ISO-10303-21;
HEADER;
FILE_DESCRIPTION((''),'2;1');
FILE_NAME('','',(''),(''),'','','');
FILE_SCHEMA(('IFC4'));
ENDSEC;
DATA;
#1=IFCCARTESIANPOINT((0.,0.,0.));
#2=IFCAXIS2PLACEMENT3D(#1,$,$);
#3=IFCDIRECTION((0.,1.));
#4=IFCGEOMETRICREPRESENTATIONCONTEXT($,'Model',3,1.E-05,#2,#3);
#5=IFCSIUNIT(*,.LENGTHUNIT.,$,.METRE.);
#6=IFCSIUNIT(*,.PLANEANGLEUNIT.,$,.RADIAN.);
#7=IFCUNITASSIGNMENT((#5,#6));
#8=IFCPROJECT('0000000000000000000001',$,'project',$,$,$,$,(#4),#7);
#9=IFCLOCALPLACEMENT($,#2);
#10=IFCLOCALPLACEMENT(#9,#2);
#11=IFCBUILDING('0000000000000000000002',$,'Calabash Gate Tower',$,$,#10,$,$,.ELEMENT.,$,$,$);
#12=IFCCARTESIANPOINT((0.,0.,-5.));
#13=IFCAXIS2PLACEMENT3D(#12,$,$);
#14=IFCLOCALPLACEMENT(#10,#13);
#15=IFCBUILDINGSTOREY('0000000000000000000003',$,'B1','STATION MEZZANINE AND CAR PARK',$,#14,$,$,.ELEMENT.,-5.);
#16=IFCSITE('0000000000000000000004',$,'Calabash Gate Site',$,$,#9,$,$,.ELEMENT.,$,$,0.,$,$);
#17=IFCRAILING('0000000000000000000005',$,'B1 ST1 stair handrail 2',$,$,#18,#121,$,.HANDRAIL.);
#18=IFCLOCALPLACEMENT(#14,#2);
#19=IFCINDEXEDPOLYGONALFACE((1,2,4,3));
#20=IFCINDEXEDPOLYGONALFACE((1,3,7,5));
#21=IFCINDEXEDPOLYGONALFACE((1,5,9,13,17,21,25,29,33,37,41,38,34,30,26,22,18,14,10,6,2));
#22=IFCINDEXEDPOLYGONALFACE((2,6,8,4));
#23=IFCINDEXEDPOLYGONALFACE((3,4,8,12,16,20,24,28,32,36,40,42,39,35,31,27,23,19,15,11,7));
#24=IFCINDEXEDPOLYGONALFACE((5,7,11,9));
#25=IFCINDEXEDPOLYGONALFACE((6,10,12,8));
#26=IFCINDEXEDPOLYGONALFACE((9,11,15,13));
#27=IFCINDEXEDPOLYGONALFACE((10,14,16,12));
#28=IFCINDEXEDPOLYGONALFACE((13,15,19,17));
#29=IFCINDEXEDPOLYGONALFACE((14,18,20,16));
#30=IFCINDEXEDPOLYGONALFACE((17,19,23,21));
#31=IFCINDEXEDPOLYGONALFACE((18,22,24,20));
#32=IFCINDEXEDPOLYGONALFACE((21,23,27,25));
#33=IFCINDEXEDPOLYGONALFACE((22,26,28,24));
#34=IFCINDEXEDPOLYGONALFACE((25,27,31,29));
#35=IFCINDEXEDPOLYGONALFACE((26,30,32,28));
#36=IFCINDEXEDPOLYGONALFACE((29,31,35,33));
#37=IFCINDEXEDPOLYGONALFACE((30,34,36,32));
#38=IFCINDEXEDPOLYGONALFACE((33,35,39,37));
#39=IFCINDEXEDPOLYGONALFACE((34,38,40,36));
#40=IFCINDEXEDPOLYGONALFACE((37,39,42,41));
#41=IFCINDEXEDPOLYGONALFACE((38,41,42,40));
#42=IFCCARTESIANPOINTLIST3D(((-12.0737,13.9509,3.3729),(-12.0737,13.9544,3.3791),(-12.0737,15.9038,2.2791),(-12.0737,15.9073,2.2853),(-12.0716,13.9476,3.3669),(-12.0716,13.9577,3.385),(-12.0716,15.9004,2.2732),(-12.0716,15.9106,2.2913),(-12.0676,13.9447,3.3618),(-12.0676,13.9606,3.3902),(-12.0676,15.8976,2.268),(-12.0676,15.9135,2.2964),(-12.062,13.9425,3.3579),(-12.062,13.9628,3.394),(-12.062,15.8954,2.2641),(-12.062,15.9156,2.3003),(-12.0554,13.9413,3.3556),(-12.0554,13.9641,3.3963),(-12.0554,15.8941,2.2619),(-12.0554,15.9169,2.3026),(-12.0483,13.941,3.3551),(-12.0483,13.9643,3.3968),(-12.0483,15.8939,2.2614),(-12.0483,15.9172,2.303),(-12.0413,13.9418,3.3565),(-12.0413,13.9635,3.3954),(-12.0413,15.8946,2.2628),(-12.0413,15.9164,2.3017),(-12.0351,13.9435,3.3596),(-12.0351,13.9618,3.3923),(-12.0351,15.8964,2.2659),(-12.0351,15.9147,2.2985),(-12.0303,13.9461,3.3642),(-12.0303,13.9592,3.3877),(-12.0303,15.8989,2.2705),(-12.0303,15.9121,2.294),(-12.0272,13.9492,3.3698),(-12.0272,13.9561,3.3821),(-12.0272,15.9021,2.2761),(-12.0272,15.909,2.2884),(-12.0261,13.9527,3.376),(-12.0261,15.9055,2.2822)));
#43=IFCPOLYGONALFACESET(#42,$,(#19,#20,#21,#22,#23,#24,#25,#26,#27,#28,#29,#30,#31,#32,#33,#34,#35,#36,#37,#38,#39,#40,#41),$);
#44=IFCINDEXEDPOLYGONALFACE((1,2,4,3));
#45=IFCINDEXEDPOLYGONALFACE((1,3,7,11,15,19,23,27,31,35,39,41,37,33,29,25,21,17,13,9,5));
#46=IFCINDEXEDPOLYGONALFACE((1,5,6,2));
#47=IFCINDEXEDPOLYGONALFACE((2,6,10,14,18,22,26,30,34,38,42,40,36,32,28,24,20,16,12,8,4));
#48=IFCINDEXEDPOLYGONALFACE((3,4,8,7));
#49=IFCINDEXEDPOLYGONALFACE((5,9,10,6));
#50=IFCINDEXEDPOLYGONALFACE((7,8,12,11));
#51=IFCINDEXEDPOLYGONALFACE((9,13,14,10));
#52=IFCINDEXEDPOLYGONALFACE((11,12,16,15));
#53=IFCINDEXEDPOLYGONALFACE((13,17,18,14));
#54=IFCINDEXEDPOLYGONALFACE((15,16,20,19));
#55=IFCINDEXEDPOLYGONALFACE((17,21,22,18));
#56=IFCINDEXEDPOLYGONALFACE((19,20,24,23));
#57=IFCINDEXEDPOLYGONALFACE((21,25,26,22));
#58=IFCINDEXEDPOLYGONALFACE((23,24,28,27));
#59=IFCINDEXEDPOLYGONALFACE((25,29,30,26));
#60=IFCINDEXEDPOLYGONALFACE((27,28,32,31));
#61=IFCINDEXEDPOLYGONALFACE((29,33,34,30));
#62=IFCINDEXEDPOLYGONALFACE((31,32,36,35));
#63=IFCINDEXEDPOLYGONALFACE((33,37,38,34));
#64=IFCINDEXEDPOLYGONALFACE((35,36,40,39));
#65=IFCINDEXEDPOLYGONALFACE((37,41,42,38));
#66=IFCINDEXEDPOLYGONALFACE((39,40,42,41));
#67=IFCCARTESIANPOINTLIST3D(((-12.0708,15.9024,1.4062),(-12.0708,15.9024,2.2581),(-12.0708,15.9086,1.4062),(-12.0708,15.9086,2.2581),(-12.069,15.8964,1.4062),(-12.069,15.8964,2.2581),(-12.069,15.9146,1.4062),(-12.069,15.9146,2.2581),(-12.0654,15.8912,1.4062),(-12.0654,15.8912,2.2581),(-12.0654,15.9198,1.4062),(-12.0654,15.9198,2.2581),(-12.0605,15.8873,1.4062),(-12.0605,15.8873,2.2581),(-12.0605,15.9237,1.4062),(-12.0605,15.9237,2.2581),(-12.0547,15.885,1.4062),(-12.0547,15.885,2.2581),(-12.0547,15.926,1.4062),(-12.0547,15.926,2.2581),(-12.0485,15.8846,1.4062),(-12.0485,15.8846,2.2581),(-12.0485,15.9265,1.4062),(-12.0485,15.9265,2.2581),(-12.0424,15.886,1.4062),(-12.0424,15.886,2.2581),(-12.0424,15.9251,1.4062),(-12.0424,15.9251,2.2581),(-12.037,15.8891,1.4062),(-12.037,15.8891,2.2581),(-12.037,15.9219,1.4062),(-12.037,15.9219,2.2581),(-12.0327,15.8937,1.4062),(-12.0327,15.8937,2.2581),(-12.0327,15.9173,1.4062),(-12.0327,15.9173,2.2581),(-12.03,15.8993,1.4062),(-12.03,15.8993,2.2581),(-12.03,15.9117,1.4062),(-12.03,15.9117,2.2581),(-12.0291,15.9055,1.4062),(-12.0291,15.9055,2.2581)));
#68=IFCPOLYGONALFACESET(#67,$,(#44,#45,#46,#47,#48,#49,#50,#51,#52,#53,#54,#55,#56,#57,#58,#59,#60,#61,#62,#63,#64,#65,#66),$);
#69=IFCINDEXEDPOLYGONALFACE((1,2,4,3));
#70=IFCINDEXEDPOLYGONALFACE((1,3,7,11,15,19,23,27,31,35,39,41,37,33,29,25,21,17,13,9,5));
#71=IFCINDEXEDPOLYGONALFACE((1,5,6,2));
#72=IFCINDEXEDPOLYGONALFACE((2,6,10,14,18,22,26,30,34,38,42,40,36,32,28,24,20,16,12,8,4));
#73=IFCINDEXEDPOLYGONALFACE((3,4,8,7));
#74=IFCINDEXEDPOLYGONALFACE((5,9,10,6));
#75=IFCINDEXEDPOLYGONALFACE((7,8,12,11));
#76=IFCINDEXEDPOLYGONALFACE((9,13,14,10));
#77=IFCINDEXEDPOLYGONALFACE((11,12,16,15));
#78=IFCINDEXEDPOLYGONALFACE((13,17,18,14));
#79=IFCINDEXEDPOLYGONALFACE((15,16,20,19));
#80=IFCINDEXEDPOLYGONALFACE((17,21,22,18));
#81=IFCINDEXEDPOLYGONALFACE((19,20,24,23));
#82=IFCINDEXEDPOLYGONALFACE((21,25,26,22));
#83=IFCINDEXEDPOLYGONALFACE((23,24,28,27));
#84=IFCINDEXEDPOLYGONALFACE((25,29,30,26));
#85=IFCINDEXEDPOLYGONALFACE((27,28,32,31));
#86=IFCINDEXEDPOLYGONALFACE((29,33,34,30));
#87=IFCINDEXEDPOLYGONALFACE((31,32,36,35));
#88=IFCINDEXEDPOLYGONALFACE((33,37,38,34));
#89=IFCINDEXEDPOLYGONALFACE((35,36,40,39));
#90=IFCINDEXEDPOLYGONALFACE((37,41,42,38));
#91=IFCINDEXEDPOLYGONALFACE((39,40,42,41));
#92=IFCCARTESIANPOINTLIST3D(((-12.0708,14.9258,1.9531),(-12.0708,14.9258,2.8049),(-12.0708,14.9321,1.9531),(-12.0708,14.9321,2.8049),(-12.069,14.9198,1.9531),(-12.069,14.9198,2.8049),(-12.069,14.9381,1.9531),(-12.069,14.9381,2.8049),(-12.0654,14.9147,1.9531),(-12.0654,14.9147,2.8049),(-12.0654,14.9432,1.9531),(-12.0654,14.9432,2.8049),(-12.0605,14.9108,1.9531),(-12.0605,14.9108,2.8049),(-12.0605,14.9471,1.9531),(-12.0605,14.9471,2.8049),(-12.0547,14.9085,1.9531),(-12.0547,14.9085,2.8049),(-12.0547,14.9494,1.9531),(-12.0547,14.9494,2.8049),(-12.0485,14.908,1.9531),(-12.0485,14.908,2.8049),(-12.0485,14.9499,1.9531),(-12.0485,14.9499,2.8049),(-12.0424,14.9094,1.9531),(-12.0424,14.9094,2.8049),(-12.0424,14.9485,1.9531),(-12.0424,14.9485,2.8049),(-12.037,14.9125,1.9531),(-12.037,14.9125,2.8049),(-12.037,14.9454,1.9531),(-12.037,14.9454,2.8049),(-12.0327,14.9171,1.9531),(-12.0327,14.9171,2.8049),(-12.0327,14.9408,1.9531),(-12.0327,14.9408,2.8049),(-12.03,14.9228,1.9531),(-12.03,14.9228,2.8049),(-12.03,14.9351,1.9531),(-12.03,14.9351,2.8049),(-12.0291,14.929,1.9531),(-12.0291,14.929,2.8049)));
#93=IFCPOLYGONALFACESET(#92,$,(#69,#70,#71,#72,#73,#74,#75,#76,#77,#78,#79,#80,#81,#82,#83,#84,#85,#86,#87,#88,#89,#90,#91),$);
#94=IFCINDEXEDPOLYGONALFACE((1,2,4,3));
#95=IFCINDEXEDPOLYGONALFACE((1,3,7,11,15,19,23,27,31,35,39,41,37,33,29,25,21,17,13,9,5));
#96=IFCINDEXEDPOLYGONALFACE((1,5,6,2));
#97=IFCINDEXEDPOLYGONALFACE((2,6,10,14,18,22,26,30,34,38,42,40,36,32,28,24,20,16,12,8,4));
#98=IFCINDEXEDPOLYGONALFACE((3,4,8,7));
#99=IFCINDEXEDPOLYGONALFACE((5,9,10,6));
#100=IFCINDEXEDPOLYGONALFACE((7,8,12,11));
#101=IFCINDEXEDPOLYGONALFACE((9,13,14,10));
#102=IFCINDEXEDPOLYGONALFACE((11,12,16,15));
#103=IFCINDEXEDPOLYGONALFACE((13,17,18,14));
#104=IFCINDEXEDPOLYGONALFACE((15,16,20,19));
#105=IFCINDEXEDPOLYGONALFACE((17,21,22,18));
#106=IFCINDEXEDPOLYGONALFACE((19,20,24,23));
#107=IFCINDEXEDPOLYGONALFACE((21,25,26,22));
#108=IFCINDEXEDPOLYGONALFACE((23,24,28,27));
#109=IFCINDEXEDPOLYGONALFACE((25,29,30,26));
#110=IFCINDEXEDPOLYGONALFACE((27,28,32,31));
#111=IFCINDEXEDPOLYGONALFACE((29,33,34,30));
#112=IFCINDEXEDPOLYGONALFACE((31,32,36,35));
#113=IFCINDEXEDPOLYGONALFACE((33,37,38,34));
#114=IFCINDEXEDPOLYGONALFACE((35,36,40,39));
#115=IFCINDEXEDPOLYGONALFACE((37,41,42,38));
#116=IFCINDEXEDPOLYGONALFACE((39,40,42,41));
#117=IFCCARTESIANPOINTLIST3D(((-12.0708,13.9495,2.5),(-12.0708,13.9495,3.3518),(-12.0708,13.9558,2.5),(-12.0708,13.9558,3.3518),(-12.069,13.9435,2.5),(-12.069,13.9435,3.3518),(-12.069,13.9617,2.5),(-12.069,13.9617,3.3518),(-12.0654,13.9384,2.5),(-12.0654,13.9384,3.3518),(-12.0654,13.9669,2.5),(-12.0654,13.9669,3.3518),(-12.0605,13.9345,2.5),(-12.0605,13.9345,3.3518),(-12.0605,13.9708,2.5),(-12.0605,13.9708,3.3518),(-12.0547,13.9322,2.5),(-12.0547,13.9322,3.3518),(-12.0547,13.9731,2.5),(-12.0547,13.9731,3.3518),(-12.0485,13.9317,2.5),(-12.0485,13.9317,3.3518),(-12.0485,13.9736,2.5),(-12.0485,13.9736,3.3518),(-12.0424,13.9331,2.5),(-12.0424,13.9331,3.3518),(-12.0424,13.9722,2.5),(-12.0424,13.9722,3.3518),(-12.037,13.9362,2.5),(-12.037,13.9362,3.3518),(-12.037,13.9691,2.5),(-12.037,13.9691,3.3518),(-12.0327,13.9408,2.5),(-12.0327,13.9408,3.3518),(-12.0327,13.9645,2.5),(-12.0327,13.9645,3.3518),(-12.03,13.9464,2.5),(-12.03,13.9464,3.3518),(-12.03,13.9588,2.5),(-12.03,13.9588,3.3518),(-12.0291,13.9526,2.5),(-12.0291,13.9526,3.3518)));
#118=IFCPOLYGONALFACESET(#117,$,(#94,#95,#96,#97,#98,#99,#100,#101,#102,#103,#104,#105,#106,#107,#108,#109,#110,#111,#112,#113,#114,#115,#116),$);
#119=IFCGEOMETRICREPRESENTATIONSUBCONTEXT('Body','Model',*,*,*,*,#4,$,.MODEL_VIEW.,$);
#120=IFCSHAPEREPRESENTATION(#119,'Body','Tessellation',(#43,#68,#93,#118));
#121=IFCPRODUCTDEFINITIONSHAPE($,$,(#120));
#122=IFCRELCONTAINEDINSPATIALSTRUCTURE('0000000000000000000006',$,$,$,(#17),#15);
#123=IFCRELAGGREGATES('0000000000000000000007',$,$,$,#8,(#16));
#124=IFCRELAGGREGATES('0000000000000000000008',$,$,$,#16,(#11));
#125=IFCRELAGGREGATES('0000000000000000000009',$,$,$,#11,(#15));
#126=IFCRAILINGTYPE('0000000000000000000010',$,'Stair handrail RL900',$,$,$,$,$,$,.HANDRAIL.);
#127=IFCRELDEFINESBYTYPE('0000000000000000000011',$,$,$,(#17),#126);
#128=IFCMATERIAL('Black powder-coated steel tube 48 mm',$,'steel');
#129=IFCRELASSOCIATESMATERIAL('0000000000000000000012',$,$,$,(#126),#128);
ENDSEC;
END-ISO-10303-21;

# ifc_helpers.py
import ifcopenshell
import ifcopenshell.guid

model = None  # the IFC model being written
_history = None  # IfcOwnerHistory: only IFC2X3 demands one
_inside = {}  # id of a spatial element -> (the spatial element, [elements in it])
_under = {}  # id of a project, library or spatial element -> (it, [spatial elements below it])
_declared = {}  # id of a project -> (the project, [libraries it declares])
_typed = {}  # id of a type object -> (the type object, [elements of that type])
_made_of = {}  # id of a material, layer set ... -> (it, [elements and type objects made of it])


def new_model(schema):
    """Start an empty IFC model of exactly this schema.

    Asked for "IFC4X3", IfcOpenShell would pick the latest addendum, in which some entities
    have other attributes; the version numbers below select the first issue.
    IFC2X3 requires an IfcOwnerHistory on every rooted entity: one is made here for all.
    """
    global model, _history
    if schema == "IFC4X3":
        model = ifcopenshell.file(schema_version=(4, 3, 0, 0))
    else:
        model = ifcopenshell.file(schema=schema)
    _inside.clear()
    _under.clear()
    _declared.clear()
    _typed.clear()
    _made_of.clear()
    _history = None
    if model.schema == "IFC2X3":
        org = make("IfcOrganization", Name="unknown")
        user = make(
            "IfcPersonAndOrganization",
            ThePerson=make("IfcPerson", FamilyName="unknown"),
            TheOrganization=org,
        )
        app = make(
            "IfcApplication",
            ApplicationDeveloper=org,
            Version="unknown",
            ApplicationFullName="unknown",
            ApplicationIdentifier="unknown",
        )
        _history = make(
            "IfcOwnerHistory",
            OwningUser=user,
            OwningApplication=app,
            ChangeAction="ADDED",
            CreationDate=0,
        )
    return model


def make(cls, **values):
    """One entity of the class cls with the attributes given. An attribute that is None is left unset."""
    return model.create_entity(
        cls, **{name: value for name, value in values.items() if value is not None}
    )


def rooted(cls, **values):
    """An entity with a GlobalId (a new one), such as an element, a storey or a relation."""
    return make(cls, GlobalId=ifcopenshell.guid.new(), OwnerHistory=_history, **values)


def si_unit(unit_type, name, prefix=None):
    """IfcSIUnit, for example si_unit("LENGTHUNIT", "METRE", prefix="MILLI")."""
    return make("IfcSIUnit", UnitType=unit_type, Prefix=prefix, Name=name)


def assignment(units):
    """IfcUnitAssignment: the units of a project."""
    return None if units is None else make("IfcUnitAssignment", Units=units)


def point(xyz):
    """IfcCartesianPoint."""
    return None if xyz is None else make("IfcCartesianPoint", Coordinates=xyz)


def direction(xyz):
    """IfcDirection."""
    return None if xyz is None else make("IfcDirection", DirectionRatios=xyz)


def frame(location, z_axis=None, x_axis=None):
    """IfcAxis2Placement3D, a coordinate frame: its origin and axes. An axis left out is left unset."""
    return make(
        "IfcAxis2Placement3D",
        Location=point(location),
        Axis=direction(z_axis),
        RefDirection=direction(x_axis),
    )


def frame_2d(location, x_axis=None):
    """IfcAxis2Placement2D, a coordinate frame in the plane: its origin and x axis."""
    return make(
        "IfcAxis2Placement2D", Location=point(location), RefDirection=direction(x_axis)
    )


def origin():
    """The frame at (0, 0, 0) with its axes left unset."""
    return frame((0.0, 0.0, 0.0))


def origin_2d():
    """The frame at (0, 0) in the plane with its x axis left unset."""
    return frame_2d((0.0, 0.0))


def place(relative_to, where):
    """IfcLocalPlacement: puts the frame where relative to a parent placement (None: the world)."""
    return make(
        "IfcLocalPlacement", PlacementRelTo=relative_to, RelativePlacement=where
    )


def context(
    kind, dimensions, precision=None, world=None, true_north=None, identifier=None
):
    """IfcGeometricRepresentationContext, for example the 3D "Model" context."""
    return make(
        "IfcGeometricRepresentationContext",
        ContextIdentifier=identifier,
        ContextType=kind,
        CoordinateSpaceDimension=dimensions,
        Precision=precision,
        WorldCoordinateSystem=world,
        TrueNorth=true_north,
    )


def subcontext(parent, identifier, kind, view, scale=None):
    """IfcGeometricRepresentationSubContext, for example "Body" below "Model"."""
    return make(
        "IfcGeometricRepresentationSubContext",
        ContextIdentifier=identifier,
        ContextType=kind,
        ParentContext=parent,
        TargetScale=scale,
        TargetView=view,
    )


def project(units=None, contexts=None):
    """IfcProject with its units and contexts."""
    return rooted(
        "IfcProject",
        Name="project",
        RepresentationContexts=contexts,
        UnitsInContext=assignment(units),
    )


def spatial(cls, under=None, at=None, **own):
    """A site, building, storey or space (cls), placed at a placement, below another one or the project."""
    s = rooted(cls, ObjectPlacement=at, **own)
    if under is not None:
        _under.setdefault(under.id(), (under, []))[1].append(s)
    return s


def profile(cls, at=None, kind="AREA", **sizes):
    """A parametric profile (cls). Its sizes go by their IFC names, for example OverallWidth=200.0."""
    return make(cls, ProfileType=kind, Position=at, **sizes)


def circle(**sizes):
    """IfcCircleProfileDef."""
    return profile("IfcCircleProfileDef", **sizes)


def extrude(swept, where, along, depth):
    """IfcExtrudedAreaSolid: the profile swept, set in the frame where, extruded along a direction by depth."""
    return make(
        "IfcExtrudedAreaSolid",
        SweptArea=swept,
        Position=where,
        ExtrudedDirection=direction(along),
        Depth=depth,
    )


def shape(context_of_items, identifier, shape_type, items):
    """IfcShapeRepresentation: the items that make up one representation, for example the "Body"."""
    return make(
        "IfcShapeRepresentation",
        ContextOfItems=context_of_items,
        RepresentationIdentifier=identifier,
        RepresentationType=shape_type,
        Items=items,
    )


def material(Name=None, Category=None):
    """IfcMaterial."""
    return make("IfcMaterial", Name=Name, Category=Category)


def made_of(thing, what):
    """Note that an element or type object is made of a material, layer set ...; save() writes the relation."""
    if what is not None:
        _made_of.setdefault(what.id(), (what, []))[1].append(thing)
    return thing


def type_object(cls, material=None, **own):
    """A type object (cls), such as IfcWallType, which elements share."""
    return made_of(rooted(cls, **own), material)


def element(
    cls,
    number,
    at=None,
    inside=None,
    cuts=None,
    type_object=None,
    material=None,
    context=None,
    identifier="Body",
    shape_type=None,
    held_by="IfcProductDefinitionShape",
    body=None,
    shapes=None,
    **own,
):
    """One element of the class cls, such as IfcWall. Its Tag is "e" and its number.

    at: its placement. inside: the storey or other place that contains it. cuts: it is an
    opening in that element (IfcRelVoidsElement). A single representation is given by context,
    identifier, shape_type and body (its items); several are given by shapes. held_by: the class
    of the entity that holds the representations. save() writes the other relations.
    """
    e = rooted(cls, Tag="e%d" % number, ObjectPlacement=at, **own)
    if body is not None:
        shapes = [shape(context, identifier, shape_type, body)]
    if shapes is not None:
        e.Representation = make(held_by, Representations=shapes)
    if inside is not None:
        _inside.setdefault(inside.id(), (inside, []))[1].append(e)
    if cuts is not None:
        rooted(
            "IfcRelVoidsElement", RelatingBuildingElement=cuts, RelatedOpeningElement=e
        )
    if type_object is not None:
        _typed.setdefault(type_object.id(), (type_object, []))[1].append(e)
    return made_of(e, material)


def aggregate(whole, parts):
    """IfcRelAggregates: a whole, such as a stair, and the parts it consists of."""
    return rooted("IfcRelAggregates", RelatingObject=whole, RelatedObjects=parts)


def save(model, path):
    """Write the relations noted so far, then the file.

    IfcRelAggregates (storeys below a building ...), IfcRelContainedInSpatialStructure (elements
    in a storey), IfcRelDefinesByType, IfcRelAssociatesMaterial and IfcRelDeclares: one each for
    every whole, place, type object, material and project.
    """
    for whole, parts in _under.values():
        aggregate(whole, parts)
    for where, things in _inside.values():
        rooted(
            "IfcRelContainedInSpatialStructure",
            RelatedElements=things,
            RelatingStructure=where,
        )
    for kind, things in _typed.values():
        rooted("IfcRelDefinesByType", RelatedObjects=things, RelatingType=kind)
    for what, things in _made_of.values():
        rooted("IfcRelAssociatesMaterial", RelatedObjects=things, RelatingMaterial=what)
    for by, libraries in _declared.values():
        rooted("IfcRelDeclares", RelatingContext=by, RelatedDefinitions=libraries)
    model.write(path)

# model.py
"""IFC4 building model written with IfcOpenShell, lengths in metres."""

from ifc_helpers import new_model, si_unit, direction, frame, origin, origin_2d, place, context, subcontext, project, spatial, circle, extrude, material, type_object, element, save


model = new_model("IFC4")

# Units and contexts
model_context = context("Model", 3, precision=1e-05, world=origin(), true_north=direction((0.0, 1.0)))
body_context = subcontext(model_context, "Body", "Model", "MODEL_VIEW")
ifc_project = project(units=[si_unit("LENGTHUNIT", "METRE"), si_unit("PLANEANGLEUNIT", "RADIAN")], contexts=[model_context])

# Site, building, storey
site_placement = place(None, origin())
site = spatial("IfcSite", under=ifc_project, at=site_placement, Name="Calabash Gate Site", CompositionType="ELEMENT", RefElevation=0.0)
building_placement = place(site_placement, origin())
building = spatial("IfcBuilding", under=site, at=building_placement, Name="Calabash Gate Tower", CompositionType="ELEMENT")
storey_placement = place(building_placement, frame((0.0, 0.0, -5.0)))
storey = spatial("IfcBuildingStorey", under=building, at=storey_placement, Name="B1", Description="STATION MEZZANINE AND CAR PARK", CompositionType="ELEMENT", Elevation=-5.0)

# Railing
ifc_material_1 = material(Name="Black powder-coated steel tube 48 mm", Category="steel")
railing_type_1 = type_object("IfcRailingType", Name="Stair handrail RL900", PredefinedType="HANDRAIL", material=ifc_material_1)
railing_1_placement = place(storey_placement, frame((-12.05, 15.9055, 1.4062)))
element("IfcRailing", 1, at=railing_1_placement, inside=storey, type_object=railing_type_1, Name="B1 ST1 stair handrail 2", PredefinedType="HANDRAIL", context=body_context, shape_type="SweptSolid", body=[
    extrude(circle(Radius=0.0239, at=origin_2d()), frame((0.0, 0.0, 0.876), z_axis=(0.0, -0.87248, 0.48865), x_axis=(1.0, 0.0, 0.0)), (0.0, 0.0, 1.0), 2.2383),
    extrude(circle(Radius=0.021, at=origin_2d()), origin(), (0.0, 0.0, 1.0), 0.8518),
    extrude(circle(Radius=0.021, at=origin_2d()), frame((0.0, -0.9766, 0.5469)), (0.0, 0.0, 1.0), 0.8518),
    extrude(circle(Radius=0.021, at=origin_2d()), frame((0.0, -1.9529, 1.0938)), (0.0, 0.0, 1.0), 0.8518),
])

save(model, "model.ifc")
